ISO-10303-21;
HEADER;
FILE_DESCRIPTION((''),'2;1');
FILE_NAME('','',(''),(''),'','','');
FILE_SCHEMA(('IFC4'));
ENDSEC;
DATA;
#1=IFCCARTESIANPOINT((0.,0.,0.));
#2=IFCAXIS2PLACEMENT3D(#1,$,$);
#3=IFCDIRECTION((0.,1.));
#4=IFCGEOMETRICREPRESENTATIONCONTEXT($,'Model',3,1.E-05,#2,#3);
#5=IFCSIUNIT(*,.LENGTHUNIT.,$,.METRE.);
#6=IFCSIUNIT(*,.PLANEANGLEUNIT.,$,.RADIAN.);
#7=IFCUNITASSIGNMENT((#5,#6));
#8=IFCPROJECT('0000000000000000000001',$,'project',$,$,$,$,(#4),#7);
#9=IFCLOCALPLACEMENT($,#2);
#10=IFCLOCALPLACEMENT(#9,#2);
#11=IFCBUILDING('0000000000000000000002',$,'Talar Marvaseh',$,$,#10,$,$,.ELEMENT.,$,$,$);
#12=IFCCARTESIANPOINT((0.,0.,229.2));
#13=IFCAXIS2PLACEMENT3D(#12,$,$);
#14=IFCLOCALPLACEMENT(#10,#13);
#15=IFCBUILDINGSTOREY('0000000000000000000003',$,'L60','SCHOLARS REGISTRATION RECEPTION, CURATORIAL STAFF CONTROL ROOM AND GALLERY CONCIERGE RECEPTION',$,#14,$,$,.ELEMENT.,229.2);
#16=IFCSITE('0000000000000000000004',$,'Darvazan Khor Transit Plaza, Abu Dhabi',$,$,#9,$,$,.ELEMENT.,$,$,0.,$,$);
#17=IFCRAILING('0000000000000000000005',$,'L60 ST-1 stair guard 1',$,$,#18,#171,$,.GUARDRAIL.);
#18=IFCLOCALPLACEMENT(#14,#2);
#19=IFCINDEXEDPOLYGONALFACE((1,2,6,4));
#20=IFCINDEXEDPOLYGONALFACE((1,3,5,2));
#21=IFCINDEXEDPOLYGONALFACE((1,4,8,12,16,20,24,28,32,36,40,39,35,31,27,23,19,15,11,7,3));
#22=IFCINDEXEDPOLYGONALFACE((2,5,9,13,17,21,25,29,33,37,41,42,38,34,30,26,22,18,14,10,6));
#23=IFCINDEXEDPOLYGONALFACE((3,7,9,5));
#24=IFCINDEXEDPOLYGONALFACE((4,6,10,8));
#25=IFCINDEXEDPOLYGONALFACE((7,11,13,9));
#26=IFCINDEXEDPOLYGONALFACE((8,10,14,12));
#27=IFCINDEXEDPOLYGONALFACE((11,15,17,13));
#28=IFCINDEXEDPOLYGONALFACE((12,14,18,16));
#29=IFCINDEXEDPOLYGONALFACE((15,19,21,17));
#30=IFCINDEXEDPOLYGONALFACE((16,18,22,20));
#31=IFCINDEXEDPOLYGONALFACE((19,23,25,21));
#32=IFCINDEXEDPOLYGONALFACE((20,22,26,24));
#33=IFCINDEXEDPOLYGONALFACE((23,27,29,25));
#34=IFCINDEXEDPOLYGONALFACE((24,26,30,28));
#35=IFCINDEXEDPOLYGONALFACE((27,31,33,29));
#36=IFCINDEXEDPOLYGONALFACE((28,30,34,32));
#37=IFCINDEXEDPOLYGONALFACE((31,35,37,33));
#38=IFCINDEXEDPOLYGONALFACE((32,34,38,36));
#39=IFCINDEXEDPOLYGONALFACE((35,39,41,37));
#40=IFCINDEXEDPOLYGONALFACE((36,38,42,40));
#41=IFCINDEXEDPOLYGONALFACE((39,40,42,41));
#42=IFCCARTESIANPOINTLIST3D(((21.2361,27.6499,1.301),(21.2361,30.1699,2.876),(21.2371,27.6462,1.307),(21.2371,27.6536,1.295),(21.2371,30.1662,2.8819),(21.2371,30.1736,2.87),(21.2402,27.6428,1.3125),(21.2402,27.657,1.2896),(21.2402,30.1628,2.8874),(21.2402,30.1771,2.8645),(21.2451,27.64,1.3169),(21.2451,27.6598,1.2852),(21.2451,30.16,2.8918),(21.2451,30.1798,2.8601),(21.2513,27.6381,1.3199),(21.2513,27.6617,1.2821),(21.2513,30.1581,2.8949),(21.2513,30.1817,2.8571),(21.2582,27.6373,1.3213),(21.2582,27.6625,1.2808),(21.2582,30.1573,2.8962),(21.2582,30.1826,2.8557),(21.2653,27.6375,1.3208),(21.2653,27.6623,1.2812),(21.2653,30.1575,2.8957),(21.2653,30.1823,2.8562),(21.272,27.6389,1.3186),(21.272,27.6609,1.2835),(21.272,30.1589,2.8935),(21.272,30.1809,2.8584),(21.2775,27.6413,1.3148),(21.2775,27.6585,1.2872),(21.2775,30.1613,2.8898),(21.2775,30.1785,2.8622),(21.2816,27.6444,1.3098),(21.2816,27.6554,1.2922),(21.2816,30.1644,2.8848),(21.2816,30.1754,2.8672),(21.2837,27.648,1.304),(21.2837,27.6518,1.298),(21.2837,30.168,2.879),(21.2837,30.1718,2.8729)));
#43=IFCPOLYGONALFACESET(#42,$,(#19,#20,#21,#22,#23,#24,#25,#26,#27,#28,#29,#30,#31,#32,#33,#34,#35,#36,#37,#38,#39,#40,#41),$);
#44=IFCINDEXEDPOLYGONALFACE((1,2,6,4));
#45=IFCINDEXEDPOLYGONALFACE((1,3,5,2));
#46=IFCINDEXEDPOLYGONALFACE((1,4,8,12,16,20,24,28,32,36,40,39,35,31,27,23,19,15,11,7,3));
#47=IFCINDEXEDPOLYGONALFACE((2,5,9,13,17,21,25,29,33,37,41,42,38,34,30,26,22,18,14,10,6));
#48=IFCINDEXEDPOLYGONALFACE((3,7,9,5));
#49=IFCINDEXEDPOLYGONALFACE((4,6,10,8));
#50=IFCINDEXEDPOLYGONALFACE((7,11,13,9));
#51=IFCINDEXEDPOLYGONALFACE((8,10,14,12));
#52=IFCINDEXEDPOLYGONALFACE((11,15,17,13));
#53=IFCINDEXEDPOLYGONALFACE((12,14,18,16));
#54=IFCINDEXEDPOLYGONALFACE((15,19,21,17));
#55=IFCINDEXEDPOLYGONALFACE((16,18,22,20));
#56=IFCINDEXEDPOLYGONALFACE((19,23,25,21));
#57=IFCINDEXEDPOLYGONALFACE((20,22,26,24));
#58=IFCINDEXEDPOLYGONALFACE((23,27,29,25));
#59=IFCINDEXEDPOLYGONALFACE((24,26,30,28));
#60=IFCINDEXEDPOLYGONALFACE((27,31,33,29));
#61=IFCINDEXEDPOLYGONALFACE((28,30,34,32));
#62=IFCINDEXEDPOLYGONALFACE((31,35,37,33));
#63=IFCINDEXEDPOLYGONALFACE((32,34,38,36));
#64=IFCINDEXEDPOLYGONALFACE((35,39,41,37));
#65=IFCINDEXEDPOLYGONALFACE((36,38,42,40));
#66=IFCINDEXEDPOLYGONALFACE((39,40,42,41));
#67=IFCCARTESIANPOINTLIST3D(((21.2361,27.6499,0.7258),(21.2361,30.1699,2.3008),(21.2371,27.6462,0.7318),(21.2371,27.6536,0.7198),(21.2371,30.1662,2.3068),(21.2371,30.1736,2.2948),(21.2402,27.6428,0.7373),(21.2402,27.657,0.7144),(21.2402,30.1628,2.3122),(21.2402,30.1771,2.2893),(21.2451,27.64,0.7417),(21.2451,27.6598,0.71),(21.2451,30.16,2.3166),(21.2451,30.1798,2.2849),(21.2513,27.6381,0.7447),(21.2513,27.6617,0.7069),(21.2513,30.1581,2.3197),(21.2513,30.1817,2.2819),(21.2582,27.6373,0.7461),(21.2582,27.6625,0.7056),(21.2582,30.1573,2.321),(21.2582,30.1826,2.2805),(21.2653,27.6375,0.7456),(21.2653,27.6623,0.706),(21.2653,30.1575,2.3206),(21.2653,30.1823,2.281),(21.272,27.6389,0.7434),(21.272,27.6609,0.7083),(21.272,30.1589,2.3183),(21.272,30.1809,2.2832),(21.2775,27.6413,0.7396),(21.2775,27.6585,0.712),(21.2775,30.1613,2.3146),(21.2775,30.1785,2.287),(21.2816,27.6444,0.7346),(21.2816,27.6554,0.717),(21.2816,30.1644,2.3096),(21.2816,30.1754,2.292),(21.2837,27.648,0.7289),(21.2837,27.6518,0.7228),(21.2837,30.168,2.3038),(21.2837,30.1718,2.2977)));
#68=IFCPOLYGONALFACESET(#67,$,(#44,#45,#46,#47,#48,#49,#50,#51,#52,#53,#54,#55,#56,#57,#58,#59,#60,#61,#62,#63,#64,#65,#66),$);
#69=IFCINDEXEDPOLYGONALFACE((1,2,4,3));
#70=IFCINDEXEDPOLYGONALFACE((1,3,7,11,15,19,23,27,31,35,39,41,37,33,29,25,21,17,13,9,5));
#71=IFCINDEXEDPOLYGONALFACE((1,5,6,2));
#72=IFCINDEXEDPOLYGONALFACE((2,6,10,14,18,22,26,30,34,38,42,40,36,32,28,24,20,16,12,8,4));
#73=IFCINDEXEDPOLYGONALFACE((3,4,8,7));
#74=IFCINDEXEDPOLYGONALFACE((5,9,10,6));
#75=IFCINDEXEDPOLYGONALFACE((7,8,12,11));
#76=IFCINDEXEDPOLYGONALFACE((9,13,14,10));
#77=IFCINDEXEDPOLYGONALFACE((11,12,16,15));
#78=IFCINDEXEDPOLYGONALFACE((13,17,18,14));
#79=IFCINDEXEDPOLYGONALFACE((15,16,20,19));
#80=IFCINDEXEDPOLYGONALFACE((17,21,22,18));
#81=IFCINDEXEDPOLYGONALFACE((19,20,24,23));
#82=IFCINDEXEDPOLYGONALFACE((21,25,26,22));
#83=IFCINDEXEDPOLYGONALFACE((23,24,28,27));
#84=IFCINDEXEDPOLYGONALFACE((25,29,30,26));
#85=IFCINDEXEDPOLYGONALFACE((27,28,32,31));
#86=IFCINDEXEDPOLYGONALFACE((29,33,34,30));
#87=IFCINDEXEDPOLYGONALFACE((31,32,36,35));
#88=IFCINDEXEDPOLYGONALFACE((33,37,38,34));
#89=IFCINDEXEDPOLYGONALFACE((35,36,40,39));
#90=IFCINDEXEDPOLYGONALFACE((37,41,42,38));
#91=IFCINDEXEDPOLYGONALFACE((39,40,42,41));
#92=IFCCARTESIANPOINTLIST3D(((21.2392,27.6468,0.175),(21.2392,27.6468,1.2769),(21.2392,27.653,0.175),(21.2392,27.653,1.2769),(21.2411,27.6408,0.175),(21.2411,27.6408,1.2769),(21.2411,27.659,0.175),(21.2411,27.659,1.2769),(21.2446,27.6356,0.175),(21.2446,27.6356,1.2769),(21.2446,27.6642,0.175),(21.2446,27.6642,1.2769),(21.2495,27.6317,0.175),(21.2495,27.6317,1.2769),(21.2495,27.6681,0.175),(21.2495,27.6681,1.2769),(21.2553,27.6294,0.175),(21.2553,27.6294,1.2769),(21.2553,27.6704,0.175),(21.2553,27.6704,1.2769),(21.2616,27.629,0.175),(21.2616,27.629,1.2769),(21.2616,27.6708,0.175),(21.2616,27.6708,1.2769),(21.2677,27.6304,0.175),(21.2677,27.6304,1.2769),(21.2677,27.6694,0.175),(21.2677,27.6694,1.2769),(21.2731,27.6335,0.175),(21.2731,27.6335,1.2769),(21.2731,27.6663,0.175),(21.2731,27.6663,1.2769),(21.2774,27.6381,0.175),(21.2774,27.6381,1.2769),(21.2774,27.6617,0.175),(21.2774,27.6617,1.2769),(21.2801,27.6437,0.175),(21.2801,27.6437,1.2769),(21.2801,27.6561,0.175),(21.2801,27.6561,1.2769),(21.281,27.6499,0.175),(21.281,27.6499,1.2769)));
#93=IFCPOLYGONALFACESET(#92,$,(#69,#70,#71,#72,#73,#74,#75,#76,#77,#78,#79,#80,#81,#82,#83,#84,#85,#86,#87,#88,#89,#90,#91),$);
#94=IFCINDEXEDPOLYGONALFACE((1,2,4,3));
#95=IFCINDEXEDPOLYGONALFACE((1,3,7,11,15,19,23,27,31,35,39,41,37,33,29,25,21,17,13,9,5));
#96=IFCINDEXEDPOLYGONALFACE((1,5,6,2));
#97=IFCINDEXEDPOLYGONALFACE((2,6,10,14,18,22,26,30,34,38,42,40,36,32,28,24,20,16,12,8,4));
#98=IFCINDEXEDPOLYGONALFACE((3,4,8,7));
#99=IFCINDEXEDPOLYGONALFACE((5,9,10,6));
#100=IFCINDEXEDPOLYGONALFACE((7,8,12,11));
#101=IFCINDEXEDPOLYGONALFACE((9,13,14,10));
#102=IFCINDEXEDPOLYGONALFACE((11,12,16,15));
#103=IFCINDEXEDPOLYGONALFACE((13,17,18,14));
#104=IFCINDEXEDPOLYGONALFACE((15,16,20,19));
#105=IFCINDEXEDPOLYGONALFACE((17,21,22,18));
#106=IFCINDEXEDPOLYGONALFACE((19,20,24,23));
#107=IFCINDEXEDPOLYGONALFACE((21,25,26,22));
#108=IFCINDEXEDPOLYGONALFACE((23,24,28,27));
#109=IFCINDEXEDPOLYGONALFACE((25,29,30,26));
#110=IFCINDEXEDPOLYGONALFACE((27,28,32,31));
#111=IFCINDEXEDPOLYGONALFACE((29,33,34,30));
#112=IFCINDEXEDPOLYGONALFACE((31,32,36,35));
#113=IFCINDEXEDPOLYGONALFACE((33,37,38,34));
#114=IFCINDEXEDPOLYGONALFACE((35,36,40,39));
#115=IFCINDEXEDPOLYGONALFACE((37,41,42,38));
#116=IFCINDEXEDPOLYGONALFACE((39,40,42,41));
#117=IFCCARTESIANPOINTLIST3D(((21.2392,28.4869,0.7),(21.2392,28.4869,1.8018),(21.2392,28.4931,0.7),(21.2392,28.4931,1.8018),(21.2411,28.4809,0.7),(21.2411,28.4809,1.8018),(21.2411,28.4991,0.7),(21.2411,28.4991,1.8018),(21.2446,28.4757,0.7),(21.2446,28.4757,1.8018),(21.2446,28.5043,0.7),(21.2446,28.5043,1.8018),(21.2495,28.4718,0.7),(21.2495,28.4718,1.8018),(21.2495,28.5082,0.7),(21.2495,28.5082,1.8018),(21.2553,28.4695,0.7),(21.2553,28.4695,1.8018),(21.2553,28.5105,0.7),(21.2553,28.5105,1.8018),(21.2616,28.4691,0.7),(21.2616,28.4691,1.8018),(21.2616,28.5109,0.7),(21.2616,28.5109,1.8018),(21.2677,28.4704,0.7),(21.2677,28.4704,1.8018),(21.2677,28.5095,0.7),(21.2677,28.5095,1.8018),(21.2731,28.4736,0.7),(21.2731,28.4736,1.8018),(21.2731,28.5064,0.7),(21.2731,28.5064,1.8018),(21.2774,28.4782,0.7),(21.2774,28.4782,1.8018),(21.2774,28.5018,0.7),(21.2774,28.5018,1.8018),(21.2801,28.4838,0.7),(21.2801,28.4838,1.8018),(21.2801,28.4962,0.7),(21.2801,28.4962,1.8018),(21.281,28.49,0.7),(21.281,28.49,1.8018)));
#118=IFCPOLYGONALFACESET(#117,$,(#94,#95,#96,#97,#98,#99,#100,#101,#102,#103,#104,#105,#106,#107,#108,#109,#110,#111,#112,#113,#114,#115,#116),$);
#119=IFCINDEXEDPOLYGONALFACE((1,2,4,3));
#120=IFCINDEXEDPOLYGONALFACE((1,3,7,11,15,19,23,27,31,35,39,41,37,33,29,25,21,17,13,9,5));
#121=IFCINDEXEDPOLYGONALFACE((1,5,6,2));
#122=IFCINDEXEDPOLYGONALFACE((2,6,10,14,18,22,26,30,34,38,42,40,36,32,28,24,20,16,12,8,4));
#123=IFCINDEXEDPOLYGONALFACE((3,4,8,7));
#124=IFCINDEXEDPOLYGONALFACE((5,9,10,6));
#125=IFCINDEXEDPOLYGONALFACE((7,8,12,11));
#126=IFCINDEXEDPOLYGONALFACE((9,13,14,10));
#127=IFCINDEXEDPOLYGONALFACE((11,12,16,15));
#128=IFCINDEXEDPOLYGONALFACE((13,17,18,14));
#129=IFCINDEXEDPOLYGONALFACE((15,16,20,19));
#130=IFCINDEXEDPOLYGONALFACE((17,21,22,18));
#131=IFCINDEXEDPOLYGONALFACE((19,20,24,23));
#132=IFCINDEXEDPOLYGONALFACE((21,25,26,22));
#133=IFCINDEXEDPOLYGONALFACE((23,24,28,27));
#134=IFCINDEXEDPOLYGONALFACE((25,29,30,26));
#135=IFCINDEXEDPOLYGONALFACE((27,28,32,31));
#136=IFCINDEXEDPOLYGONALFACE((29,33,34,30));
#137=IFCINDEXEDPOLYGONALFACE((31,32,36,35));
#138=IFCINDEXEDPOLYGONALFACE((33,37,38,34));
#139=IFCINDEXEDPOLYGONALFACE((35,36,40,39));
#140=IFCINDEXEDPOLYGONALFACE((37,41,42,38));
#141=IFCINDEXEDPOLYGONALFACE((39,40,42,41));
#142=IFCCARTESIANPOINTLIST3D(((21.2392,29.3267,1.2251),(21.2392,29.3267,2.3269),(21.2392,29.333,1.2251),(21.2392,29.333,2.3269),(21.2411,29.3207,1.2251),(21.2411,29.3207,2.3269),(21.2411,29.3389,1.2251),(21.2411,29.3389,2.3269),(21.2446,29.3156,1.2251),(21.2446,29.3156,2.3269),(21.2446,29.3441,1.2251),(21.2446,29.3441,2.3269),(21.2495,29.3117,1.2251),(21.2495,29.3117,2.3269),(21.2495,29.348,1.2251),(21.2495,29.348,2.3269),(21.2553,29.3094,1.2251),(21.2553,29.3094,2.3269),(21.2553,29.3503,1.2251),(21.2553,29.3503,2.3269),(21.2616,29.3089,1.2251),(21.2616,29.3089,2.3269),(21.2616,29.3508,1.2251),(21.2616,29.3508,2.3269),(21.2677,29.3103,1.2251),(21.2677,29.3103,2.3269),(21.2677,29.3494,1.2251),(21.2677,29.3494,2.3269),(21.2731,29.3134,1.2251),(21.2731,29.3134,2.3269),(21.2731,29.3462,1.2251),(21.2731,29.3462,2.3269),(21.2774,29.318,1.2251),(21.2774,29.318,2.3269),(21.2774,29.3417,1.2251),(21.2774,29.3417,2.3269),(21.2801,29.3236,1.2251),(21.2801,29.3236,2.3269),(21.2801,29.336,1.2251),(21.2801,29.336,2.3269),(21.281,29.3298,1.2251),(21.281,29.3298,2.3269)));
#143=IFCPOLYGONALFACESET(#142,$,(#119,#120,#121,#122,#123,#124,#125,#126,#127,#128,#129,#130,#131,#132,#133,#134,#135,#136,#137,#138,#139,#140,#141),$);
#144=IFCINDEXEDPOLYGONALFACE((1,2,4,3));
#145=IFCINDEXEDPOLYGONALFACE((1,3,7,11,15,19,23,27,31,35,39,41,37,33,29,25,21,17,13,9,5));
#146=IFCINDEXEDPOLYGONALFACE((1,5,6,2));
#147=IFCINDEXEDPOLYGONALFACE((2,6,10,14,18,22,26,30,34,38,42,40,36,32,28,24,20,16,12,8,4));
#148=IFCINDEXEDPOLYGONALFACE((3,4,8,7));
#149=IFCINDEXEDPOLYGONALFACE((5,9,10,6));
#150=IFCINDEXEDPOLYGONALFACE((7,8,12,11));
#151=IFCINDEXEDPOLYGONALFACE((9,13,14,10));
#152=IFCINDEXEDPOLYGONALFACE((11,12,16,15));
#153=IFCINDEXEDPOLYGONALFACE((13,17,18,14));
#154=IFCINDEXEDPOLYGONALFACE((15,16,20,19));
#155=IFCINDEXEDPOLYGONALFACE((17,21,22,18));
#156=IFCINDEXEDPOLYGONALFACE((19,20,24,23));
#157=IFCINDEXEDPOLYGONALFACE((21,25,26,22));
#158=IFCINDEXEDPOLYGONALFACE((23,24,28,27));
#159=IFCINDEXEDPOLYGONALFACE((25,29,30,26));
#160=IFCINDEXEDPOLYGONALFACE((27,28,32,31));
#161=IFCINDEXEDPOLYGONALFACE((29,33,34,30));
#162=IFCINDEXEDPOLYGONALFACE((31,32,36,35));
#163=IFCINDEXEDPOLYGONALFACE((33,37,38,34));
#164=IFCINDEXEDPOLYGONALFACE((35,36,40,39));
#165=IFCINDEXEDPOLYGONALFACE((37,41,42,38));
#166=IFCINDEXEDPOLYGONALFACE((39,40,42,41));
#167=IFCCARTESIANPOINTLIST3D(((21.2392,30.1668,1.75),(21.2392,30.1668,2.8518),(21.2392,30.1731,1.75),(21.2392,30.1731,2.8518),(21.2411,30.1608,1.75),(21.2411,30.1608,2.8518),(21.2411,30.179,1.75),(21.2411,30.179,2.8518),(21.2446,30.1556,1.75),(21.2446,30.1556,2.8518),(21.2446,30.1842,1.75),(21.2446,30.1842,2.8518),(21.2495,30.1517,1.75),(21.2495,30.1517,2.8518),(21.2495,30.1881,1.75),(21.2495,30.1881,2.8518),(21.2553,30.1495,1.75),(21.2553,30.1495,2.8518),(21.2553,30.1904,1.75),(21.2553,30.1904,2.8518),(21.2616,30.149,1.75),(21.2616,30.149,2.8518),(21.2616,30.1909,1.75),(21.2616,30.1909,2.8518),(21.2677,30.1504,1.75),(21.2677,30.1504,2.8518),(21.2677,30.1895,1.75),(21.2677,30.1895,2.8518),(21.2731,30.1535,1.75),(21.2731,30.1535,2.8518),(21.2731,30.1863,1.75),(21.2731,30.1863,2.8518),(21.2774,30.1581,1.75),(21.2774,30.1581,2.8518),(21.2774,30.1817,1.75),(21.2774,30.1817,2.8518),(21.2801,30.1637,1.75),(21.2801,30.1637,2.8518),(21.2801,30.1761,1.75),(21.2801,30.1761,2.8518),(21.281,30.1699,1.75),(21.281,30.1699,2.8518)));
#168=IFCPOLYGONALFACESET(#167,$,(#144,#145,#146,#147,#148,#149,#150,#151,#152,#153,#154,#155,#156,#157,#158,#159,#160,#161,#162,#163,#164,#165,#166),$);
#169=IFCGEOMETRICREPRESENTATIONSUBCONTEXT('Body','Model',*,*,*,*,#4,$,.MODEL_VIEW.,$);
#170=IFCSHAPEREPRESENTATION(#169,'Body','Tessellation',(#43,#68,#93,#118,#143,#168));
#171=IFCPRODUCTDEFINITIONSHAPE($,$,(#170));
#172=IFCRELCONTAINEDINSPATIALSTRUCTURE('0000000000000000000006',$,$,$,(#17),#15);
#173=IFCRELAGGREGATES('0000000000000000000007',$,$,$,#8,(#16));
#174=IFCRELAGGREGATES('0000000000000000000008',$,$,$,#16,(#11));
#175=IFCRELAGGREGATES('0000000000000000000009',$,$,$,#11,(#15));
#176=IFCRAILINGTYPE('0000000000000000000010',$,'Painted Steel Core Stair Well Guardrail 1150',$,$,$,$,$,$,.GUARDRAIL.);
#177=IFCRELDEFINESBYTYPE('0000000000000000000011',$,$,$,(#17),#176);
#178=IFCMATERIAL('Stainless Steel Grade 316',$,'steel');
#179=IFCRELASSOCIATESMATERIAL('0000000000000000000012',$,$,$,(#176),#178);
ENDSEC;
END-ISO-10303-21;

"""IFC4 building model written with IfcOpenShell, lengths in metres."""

from ifc_helpers import new_model, si_unit, direction, frame, origin, origin_2d, place, context, subcontext, project, spatial, circle, extrude, material, type_object, element, save


model = new_model("IFC4")

# Units and contexts
model_context = context("Model", 3, precision=1e-05, world=origin(), true_north=direction((0.0, 1.0)))
body_context = subcontext(model_context, "Body", "Model", "MODEL_VIEW")
ifc_project = project(units=[si_unit("LENGTHUNIT", "METRE"), si_unit("PLANEANGLEUNIT", "RADIAN")], contexts=[model_context])

# Site, building, storey
site_placement = place(None, origin())
site = spatial("IfcSite", under=ifc_project, at=site_placement, Name="Darvazan Khor Transit Plaza, Abu Dhabi", CompositionType="ELEMENT", RefElevation=0.0)
building_placement = place(site_placement, origin())
building = spatial("IfcBuilding", under=site, at=building_placement, Name="Talar Marvaseh", CompositionType="ELEMENT")
storey_placement = place(building_placement, frame((0.0, 0.0, 229.2)))
storey = spatial("IfcBuildingStorey", under=building, at=storey_placement, Name="L60", Description="SCHOLARS REGISTRATION RECEPTION, CURATORIAL STAFF CONTROL ROOM AND GALLERY CONCIERGE RECEPTION", CompositionType="ELEMENT", Elevation=229.2)

# Railing
ifc_material_1 = material(Name="Stainless Steel Grade 316", Category="steel")
railing_type_1 = type_object("IfcRailingType", Name="Painted Steel Core Stair Well Guardrail 1150", PredefinedType="GUARDRAIL", material=ifc_material_1)
railing_1_placement = place(storey_placement, frame((21.26, 27.6499, 0.175)))
element("IfcRailing", 1, at=railing_1_placement, inside=storey, type_object=railing_type_1, Name="L60 ST-1 stair guard 1", PredefinedType="GUARDRAIL", context=body_context, shape_type="SweptSolid", body=[
    extrude(circle(Radius=0.0239, at=origin_2d()), frame((0.0, 0.0, 1.126), z_axis=(0.0, 0.848008, 0.529984), x_axis=(-1.0, 0.0, 0.0)), (0.0, 0.0, 1.0), 2.9717),
    extrude(circle(Radius=0.0239, at=origin_2d()), frame((0.0, 0.0, 0.5508), z_axis=(0.0, 0.848008, 0.529984), x_axis=(-1.0, 0.0, 0.0)), (0.0, 0.0, 1.0), 2.9717),
    extrude(circle(Radius=0.021, at=origin_2d()), origin(), (0.0, 0.0, 1.0), 1.1018),
    extrude(circle(Radius=0.021, at=origin_2d()), frame((0.0, 0.8401, 0.5249)), (0.0, 0.0, 1.0), 1.1018),
    extrude(circle(Radius=0.021, at=origin_2d()), frame((0.0, 1.6799, 1.05)), (0.0, 0.0, 1.0), 1.1018),
    extrude(circle(Radius=0.021, at=origin_2d()), frame((0.0, 2.52, 1.575)), (0.0, 0.0, 1.0), 1.1018),
])

save(model, "model.ifc")
